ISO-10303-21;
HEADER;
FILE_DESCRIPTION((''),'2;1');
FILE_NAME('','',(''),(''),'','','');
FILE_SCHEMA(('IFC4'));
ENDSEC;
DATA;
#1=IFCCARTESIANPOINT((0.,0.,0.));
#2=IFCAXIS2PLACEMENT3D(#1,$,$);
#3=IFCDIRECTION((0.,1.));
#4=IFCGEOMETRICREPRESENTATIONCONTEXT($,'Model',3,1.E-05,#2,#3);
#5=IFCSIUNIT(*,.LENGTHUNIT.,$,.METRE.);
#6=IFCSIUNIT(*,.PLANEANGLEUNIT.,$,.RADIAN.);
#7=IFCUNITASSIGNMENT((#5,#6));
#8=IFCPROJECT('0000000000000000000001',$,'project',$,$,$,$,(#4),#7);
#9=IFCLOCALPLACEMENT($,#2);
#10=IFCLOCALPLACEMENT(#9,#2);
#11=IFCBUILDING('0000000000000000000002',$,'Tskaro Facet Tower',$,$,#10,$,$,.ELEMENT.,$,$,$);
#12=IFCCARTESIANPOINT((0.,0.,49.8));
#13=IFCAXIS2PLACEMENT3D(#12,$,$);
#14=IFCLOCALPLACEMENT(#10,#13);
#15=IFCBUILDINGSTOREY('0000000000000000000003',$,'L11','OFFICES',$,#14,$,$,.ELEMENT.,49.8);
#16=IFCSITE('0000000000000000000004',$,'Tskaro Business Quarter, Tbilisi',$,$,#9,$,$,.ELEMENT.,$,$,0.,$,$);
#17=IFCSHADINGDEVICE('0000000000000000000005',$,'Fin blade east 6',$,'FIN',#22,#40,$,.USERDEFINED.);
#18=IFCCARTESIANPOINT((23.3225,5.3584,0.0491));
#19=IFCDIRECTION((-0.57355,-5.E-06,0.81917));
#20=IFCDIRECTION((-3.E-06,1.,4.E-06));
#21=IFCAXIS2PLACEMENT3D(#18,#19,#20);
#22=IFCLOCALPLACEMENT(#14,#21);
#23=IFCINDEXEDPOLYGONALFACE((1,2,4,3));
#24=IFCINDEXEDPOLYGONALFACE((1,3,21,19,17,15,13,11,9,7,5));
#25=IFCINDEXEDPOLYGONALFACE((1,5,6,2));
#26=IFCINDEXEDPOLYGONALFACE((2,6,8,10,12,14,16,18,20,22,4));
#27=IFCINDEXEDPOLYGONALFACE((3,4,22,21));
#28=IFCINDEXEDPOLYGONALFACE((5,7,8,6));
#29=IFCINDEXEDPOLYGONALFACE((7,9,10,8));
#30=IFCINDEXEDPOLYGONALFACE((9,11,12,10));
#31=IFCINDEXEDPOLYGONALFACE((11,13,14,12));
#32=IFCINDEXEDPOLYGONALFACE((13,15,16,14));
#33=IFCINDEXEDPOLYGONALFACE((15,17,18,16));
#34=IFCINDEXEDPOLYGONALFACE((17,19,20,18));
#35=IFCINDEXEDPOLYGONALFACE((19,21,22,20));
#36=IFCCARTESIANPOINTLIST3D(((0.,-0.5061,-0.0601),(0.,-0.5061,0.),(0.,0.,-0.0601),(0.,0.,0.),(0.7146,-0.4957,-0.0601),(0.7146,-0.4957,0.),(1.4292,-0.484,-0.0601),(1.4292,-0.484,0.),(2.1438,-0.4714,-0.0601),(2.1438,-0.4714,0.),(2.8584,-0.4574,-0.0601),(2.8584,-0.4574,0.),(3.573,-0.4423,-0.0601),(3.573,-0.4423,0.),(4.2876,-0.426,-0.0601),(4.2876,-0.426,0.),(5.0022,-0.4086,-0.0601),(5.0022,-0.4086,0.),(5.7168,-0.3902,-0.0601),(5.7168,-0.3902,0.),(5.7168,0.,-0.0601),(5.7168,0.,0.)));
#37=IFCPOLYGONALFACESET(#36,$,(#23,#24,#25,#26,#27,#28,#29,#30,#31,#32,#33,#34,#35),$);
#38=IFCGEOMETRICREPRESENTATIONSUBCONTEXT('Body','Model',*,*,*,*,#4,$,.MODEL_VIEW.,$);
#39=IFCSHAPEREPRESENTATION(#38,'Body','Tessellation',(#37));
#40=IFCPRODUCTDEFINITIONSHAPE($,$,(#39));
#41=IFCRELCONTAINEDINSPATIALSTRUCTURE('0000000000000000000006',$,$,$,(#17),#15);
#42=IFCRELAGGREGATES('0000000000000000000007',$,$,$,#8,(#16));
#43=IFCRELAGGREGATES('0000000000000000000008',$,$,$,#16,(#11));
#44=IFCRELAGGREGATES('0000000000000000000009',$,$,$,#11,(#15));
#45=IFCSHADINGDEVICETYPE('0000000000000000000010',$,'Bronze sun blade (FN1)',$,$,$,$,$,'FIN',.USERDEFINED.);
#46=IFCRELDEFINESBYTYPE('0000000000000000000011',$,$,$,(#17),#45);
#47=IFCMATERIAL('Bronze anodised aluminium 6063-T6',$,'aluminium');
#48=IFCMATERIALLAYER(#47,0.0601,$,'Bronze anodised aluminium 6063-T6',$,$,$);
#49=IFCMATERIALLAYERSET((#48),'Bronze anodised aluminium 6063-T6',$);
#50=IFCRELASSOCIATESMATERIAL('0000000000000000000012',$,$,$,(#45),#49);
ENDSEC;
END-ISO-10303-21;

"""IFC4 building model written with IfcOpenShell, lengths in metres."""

from ifc_helpers import new_model, si_unit, direction, frame, origin, place, context, subcontext, project, spatial, polyline, outline, extrude, material, layer, layer_set, type_object, element, save


model = new_model("IFC4")

# Units and contexts
model_context = context("Model", 3, precision=1e-05, world=origin(), true_north=direction((0.0, 1.0)))
body_context = subcontext(model_context, "Body", "Model", "MODEL_VIEW")
ifc_project = project(units=[si_unit("LENGTHUNIT", "METRE"), si_unit("PLANEANGLEUNIT", "RADIAN")], contexts=[model_context])

# Site, building, storey
site_placement = place(None, origin())
site = spatial("IfcSite", under=ifc_project, at=site_placement, Name="Tskaro Business Quarter, Tbilisi", CompositionType="ELEMENT", RefElevation=0.0)
building_placement = place(site_placement, origin())
building = spatial("IfcBuilding", under=site, at=building_placement, Name="Tskaro Facet Tower", CompositionType="ELEMENT")
storey_placement = place(building_placement, frame((0.0, 0.0, 49.8)))
storey = spatial("IfcBuildingStorey", under=building, at=storey_placement, Name="L11", Description="OFFICES", CompositionType="ELEMENT", Elevation=49.8)

# Shared definitions
ifc_material_1 = material(Name="Bronze anodised aluminium 6063-T6", Category="aluminium")

# Shading device
ifc_layer_1 = layer(ifc_material_1, 0.0601, Name="Bronze anodised aluminium 6063-T6")
ifc_layer_set_1 = layer_set([ifc_layer_1], Name="Bronze anodised aluminium 6063-T6")
shading_device_type = type_object("IfcShadingDeviceType", Name="Bronze sun blade (FN1)", ElementType="FIN", PredefinedType="USERDEFINED", material=ifc_layer_set_1)
shading_device_placement = place(storey_placement, frame((23.3225, 5.3584, 0.0491), z_axis=(-0.57355, -0.000005, 0.81917), x_axis=(-0.000003, 1.0, 0.000004)))
element("IfcShadingDevice", 1, at=shading_device_placement, inside=storey, type_object=shading_device_type, Name="Fin blade east 6", ObjectType="FIN", PredefinedType="USERDEFINED", context=body_context, shape_type="SweptSolid", body=[
    extrude(outline(polyline([(0.0, 0.0), (5.7168, 0.0), (5.7168, -0.3902), (5.0022, -0.4086), (4.2876, -0.426), (3.573, -0.4423), (2.8584, -0.4574), (2.1438, -0.4714), (1.4292, -0.484), (0.7146, -0.4957), (0.0, -0.5061), (0.0, 0.0)])), origin(), (0.0, 0.0, -1.0), 0.0601),
])

save(model, "model.ifc")
